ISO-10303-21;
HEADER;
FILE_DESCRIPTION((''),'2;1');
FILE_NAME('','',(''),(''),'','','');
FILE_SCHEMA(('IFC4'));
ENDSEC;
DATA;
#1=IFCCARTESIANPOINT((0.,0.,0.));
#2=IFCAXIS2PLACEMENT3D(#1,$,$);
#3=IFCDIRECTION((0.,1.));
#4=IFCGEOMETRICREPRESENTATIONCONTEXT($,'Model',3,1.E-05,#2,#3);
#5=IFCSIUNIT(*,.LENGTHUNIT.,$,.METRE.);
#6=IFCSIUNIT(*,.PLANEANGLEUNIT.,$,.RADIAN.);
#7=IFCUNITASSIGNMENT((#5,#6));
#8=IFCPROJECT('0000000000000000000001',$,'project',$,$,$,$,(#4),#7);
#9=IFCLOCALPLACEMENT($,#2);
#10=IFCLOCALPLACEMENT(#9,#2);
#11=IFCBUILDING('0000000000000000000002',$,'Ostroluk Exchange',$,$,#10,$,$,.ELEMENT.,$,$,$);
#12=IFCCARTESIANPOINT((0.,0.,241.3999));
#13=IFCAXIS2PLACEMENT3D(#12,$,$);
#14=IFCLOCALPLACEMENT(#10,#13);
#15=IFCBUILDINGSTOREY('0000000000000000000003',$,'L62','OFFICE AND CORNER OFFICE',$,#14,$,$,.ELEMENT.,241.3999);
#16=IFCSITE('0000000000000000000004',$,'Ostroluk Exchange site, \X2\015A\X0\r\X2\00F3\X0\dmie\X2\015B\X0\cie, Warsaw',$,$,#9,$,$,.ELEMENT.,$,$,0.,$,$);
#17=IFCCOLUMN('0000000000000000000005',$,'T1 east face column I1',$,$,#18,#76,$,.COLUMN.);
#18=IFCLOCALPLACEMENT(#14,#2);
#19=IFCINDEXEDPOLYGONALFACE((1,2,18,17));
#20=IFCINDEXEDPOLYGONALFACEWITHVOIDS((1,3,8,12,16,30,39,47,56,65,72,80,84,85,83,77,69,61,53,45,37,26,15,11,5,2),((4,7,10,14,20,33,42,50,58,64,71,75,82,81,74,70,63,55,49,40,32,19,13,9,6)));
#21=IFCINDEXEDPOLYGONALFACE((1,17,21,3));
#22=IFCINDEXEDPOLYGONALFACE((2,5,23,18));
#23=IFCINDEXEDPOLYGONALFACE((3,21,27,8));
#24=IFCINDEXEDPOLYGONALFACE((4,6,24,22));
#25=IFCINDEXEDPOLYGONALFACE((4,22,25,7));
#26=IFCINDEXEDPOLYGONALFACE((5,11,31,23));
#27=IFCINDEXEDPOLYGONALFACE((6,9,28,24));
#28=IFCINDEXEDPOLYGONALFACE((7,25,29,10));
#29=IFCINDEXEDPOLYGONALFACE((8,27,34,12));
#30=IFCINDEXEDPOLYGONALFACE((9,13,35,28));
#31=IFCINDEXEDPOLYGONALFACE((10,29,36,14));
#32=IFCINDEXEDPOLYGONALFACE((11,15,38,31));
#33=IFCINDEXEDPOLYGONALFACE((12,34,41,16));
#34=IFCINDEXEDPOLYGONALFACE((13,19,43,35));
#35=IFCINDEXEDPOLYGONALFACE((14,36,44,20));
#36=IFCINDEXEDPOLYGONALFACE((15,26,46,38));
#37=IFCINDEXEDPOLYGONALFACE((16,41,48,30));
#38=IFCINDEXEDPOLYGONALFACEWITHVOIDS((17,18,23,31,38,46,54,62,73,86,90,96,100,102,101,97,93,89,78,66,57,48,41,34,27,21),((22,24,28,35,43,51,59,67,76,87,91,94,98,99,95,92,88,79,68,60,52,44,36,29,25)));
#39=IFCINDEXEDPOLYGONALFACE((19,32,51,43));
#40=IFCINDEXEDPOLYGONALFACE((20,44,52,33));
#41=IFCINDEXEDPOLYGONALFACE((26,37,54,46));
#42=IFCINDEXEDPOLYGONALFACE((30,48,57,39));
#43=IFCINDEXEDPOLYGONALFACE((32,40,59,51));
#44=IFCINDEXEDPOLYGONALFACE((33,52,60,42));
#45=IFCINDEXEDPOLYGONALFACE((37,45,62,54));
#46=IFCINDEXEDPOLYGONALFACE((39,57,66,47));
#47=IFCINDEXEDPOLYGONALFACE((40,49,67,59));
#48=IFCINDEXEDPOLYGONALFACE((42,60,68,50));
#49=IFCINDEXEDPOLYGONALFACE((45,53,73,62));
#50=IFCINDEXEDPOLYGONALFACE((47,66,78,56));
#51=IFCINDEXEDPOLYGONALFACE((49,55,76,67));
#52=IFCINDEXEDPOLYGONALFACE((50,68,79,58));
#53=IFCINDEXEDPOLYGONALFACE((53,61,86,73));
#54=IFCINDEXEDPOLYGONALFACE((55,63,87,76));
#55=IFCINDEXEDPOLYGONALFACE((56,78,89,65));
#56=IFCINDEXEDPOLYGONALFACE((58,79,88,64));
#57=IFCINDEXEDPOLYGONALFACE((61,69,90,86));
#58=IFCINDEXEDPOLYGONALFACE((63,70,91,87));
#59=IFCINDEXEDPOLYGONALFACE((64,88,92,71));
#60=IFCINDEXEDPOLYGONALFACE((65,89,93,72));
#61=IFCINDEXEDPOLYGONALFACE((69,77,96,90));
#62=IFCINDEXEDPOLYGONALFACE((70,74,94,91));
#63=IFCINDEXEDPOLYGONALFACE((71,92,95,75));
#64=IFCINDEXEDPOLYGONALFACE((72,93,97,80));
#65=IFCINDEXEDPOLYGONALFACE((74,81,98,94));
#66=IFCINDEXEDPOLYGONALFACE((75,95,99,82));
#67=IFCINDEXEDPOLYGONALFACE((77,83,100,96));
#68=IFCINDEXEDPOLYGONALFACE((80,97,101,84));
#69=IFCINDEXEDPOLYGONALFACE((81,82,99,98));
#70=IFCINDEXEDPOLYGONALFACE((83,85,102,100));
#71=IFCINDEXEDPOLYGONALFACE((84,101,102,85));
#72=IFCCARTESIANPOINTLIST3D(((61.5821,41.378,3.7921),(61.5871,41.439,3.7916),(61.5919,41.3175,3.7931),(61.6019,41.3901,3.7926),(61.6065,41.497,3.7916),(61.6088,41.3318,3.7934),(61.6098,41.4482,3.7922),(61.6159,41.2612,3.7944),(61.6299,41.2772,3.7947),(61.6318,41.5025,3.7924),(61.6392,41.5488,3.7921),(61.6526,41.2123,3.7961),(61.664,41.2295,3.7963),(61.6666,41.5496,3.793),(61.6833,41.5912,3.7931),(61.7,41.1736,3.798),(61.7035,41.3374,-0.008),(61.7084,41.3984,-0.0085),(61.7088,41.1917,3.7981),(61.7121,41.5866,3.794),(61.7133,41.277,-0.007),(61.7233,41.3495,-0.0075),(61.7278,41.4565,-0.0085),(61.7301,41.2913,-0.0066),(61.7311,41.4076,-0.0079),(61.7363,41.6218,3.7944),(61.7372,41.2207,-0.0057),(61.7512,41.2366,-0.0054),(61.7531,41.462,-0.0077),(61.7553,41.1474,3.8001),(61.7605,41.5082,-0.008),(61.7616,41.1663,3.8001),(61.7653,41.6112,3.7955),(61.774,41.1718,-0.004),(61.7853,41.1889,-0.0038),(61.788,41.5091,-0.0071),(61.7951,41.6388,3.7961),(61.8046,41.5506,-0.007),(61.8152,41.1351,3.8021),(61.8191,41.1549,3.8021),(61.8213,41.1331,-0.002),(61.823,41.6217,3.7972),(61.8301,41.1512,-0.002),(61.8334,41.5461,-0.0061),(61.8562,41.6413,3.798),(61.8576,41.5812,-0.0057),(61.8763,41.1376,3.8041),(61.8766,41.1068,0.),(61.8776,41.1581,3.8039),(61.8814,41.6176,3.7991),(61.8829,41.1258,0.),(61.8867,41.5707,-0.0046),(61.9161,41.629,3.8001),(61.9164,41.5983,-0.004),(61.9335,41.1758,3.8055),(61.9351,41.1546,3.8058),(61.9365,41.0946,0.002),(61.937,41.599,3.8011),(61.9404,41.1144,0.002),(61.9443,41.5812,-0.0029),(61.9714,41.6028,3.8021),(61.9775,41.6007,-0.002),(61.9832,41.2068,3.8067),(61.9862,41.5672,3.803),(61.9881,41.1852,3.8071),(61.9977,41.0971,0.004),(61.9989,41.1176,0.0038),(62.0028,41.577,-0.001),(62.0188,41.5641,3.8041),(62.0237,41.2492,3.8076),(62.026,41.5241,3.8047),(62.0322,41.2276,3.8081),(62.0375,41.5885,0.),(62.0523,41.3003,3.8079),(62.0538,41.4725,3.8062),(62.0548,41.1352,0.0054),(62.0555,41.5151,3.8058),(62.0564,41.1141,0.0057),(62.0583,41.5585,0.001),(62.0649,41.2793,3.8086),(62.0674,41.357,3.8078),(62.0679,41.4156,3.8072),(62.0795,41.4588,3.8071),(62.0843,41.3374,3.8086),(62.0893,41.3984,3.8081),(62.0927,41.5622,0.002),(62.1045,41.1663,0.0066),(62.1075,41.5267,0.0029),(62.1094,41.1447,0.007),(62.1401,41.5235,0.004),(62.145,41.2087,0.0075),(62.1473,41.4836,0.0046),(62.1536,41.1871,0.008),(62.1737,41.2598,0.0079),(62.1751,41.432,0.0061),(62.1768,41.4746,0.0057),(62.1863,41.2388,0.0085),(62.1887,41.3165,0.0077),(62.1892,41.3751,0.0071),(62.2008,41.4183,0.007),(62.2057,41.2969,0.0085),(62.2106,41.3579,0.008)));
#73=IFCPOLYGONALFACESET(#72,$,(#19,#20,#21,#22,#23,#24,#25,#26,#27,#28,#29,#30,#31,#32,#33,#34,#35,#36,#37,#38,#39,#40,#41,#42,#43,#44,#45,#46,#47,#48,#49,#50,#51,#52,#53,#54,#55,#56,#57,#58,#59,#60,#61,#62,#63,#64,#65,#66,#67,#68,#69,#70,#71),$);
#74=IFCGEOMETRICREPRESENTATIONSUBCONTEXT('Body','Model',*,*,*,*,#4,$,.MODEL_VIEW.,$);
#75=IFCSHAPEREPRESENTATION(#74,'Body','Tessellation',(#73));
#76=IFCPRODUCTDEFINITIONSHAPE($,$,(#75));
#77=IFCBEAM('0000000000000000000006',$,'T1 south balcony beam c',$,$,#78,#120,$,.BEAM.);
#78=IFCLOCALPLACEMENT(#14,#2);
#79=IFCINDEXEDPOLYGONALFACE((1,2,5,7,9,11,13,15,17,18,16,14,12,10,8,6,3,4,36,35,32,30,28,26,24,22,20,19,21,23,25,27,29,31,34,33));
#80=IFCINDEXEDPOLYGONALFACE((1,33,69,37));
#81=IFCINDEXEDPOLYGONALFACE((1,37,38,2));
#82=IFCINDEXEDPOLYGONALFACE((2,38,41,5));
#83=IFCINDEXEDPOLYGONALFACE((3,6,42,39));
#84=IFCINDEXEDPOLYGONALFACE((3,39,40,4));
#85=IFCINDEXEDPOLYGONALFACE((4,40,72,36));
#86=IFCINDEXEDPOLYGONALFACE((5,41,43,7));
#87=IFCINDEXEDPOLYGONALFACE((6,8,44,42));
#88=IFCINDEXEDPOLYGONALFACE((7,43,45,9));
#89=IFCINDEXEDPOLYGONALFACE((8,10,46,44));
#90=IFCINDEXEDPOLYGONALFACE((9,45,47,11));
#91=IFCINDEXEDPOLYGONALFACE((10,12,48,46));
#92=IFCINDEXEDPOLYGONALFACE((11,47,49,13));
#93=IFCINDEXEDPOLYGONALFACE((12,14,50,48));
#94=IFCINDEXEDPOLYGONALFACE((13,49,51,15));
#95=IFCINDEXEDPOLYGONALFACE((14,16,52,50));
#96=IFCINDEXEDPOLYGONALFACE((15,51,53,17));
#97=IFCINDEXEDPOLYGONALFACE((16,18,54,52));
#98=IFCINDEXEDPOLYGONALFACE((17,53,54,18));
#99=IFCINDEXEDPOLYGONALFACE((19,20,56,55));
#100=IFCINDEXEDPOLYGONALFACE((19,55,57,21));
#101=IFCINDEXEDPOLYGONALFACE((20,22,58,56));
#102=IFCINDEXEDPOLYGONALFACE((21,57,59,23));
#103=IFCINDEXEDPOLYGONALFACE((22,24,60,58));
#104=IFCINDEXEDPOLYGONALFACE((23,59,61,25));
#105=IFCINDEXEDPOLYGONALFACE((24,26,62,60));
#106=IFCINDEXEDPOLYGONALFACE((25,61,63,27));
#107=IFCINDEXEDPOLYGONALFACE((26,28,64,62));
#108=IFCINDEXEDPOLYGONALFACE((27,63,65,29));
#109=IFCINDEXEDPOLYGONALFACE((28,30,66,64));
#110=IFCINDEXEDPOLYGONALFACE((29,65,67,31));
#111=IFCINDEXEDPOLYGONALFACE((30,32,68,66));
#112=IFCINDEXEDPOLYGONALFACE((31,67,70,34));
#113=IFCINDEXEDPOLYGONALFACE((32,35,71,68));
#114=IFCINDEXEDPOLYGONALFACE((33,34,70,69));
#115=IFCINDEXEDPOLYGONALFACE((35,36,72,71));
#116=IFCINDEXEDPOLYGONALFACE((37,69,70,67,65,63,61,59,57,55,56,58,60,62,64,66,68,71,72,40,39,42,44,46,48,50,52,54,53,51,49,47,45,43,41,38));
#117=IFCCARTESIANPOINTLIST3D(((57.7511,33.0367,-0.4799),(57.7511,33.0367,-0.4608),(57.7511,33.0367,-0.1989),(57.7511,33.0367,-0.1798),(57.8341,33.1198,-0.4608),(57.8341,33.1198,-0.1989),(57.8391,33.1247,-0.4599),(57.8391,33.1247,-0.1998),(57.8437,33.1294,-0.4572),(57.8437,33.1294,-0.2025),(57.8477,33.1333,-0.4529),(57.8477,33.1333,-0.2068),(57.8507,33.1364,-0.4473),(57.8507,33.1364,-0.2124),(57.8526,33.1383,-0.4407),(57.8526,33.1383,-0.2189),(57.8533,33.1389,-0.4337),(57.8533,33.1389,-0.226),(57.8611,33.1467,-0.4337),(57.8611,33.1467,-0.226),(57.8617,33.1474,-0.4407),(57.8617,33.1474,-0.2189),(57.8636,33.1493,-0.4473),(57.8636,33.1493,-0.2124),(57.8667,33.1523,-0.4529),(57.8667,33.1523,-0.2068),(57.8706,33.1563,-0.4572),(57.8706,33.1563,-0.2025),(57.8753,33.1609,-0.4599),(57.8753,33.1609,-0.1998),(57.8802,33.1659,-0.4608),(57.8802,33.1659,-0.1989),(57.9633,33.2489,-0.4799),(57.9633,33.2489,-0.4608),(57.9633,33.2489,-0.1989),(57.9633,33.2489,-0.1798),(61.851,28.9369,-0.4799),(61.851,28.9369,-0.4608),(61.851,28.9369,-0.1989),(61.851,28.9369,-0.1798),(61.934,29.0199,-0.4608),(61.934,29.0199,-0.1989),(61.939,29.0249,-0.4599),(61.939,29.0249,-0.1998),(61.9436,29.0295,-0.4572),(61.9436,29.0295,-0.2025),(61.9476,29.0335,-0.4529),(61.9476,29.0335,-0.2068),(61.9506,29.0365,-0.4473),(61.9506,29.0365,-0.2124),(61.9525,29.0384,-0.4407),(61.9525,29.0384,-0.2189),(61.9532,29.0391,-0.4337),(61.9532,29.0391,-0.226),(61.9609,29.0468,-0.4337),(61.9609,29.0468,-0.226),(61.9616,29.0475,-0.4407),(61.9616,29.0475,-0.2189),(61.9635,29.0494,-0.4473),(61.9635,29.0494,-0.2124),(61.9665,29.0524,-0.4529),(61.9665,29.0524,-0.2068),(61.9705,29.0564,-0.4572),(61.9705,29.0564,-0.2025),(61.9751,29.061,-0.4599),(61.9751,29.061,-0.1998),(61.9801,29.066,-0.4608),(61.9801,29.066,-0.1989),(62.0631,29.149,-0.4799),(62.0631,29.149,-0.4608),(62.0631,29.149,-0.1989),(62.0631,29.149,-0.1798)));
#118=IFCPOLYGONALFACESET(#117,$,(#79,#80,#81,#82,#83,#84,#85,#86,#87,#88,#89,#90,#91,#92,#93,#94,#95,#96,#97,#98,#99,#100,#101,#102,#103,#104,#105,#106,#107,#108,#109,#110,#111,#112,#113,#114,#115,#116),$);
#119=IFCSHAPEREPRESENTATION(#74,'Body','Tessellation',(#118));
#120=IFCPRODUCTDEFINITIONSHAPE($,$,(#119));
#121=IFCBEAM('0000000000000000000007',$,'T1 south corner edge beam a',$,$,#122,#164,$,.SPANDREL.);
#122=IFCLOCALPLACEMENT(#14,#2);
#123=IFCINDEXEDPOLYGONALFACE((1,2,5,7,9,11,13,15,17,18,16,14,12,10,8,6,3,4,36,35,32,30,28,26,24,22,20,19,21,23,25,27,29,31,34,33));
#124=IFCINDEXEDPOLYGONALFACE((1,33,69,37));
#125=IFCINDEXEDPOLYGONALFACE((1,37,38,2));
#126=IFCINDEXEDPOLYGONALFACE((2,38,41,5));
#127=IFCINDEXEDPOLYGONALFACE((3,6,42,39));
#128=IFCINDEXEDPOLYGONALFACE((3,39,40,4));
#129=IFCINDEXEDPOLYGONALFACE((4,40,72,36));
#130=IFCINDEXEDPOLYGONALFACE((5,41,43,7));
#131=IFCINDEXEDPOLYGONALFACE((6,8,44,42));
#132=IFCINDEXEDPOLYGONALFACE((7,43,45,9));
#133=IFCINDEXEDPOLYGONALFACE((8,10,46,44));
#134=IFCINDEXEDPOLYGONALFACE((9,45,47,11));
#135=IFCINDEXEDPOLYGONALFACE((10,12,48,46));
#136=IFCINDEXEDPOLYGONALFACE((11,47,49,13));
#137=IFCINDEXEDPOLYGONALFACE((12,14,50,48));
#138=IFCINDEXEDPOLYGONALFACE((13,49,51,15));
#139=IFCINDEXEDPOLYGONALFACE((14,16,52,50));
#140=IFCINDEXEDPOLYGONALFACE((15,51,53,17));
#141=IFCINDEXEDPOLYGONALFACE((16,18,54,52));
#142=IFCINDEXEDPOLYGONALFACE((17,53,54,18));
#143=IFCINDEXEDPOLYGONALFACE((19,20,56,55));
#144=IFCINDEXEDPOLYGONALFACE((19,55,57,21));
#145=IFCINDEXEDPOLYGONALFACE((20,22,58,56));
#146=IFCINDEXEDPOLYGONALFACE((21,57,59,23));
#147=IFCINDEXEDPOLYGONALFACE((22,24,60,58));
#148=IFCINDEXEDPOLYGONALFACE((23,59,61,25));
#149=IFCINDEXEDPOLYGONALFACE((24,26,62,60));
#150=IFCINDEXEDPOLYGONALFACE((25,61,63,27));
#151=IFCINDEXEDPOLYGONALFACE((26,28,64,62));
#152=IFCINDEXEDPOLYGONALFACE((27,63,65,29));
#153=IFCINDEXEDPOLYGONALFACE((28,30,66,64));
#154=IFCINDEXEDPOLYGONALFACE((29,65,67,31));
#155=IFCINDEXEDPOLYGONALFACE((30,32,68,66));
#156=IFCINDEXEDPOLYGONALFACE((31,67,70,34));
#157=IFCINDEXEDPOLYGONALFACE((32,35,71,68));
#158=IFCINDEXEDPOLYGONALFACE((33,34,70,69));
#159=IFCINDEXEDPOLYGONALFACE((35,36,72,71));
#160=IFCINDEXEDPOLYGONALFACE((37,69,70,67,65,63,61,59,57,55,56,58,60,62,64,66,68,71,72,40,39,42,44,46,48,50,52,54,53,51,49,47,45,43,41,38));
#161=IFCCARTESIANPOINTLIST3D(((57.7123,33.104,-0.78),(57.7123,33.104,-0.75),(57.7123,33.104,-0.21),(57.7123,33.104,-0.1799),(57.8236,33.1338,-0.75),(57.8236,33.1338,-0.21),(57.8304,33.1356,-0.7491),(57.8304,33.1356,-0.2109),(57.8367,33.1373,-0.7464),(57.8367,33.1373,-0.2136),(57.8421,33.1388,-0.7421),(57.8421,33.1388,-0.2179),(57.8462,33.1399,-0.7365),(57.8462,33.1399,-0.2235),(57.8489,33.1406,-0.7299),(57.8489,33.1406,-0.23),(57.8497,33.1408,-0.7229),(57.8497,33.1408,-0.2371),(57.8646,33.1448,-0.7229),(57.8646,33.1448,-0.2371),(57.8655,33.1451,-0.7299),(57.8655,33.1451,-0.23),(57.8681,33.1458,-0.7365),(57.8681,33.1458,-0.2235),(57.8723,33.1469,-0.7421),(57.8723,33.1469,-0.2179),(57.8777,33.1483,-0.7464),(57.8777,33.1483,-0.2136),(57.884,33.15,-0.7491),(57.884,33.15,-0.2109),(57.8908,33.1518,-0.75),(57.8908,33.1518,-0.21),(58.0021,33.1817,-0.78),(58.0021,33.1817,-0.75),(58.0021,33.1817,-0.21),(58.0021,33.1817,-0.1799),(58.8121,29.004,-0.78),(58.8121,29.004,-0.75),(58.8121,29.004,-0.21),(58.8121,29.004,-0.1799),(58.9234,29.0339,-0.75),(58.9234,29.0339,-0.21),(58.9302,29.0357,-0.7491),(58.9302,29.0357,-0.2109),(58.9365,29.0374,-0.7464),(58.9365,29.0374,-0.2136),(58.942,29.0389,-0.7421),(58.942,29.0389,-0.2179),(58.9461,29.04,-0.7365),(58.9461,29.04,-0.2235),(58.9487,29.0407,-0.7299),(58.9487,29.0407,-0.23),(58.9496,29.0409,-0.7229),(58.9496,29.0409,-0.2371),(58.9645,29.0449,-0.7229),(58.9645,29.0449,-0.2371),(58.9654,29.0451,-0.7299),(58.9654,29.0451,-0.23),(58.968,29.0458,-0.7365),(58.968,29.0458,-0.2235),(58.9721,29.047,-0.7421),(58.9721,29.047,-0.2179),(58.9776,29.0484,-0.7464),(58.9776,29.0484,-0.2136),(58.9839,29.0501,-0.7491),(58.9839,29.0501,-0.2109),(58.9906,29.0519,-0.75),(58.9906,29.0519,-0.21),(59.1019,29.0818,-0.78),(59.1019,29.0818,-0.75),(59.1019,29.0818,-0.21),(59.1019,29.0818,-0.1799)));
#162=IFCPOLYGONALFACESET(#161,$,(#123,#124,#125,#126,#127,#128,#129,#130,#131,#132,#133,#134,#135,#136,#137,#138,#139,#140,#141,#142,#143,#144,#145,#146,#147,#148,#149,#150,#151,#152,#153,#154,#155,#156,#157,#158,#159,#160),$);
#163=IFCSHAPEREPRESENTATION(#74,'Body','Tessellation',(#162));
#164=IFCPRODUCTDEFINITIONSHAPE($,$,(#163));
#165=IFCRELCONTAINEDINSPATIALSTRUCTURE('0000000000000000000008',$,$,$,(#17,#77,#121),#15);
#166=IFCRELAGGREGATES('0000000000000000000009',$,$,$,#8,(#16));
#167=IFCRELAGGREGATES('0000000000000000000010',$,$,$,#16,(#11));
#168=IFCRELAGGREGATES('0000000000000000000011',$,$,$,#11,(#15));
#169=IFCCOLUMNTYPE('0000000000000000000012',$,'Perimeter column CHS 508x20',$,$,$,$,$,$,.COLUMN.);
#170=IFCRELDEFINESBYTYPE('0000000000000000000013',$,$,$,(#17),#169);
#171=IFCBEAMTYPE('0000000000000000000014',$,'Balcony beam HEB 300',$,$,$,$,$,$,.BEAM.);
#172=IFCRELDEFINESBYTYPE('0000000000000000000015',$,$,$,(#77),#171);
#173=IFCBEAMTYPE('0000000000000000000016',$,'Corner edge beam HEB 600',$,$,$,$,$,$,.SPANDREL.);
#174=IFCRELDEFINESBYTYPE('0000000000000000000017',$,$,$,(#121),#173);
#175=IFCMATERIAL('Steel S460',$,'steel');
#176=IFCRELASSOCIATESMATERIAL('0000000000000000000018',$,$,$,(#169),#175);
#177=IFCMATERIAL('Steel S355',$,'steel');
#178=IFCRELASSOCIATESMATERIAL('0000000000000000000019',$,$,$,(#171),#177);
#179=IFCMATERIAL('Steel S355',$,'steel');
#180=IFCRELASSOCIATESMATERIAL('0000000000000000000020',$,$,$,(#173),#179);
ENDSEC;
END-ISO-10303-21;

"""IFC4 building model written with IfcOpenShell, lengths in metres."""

from ifc_helpers import new_model, si_unit, direction, frame, origin, origin_2d, place, context, subcontext, project, spatial, hollow_circle, i_section, extrude, material, material_profile, profile_set, type_object, element, save


model = new_model("IFC4")

# Units and contexts
model_context = context("Model", 3, precision=1e-05, world=origin(), true_north=direction((0.0, 1.0)))
body_context = subcontext(model_context, "Body", "Model", "MODEL_VIEW")
ifc_project = project(units=[si_unit("LENGTHUNIT", "METRE"), si_unit("PLANEANGLEUNIT", "RADIAN")], contexts=[model_context])

# Site, building, storey
site_placement = place(None, origin())
site = spatial("IfcSite", under=ifc_project, at=site_placement, Name="Ostroluk Exchange site, Śródmieście, Warsaw", CompositionType="ELEMENT", RefElevation=0.0)
building_placement = place(site_placement, origin())
building = spatial("IfcBuilding", under=site, at=building_placement, Name="Ostroluk Exchange", CompositionType="ELEMENT")
storey_placement = place(building_placement, frame((0.0, 0.0, 241.3999)))
storey = spatial("IfcBuildingStorey", under=building, at=storey_placement, Name="L62", Description="OFFICE AND CORNER OFFICE", CompositionType="ELEMENT", Elevation=241.3999)

# Column
ifc_material_1 = material(Name="Steel S460", Category="steel")
ifc_material_profile_1 = material_profile(ifc_material_1, hollow_circle(Radius=0.2539, WallThickness=0.02, at=origin_2d()), Name="CHS 508x20")
ifc_profile_set_1 = profile_set([ifc_material_profile_1], Name="Steel S460")
column_type = type_object("IfcColumnType", Name="Perimeter column CHS 508x20", PredefinedType="COLUMN", material=ifc_profile_set_1)
column_placement = place(storey_placement, frame((61.957, 41.3477, 0.0), z_axis=(-0.031913, 0.010659, 0.999434), x_axis=(-0.3168, -0.948492, 0.0)))
element("IfcColumn", 1, at=column_placement, inside=storey, type_object=column_type, Name="T1 east face column I1", PredefinedType="COLUMN", context=body_context, shape_type="SweptSolid", body=[
    extrude(hollow_circle(Radius=0.2539, WallThickness=0.02, at=origin_2d()), origin(), (0.0, 0.0, 1.0), 3.8022),
])

# Beams
ifc_material_2 = material(Name="Steel S355", Category="steel")
ifc_material_profile_2 = material_profile(ifc_material_2, i_section(OverallWidth=0.3, OverallDepth=0.3, WebThickness=0.011, FlangeThickness=0.019, FilletRadius=0.0271, at=origin_2d()), Name="HEB 300")
ifc_profile_set_2 = profile_set([ifc_material_profile_2], Name="Steel S355")
beam_type_1 = type_object("IfcBeamType", Name="Balcony beam HEB 300", PredefinedType="BEAM", material=ifc_profile_set_2)
beam_1_placement = place(storey_placement, frame((57.8572, 33.1428, -0.3298), z_axis=(0.707107, -0.707107, 0.0), x_axis=(0.707107, 0.707107, 0.0)))
element("IfcBeam", 2, at=beam_1_placement, inside=storey, type_object=beam_type_1, Name="T1 south balcony beam c", PredefinedType="BEAM", context=body_context, shape_type="SweptSolid", body=[
    extrude(i_section(OverallWidth=0.3, OverallDepth=0.3, WebThickness=0.011, FlangeThickness=0.019, FilletRadius=0.0271, at=origin_2d()), origin(), (0.0, 0.0, 1.0), 5.7981),
])
ifc_material_3 = material(Name="Steel S355", Category="steel")
ifc_material_profile_3 = material_profile(ifc_material_3, i_section(OverallWidth=0.3, OverallDepth=0.6001, WebThickness=0.0154, FlangeThickness=0.03, FilletRadius=0.0271, at=origin_2d()), Name="HEB 600")
ifc_profile_set_3 = profile_set([ifc_material_profile_3], Name="Steel S355")
beam_type_2 = type_object("IfcBeamType", Name="Corner edge beam HEB 600", PredefinedType="SPANDREL", material=ifc_profile_set_3)
for number, where, z_axis, x_axis, name in (
    (3, (57.8572, 33.1428, -0.48), (0.259105, -0.965849, 0.0), (0.965849, 0.259105, 0.0), "T1 south corner edge beam a"),
):
    element("IfcBeam", number, at=place(storey_placement, frame(where, z_axis=z_axis, x_axis=x_axis)), inside=storey, type_object=beam_type_2, Name=name, PredefinedType="SPANDREL", context=body_context, shape_type="SweptSolid", body=[
        extrude(i_section(OverallWidth=0.3, OverallDepth=0.6001, WebThickness=0.0154, FlangeThickness=0.03, FilletRadius=0.0271, at=origin_2d()), origin(), (0.0, 0.0, 1.0), 4.2449),
    ])

save(model, "model.ifc")
